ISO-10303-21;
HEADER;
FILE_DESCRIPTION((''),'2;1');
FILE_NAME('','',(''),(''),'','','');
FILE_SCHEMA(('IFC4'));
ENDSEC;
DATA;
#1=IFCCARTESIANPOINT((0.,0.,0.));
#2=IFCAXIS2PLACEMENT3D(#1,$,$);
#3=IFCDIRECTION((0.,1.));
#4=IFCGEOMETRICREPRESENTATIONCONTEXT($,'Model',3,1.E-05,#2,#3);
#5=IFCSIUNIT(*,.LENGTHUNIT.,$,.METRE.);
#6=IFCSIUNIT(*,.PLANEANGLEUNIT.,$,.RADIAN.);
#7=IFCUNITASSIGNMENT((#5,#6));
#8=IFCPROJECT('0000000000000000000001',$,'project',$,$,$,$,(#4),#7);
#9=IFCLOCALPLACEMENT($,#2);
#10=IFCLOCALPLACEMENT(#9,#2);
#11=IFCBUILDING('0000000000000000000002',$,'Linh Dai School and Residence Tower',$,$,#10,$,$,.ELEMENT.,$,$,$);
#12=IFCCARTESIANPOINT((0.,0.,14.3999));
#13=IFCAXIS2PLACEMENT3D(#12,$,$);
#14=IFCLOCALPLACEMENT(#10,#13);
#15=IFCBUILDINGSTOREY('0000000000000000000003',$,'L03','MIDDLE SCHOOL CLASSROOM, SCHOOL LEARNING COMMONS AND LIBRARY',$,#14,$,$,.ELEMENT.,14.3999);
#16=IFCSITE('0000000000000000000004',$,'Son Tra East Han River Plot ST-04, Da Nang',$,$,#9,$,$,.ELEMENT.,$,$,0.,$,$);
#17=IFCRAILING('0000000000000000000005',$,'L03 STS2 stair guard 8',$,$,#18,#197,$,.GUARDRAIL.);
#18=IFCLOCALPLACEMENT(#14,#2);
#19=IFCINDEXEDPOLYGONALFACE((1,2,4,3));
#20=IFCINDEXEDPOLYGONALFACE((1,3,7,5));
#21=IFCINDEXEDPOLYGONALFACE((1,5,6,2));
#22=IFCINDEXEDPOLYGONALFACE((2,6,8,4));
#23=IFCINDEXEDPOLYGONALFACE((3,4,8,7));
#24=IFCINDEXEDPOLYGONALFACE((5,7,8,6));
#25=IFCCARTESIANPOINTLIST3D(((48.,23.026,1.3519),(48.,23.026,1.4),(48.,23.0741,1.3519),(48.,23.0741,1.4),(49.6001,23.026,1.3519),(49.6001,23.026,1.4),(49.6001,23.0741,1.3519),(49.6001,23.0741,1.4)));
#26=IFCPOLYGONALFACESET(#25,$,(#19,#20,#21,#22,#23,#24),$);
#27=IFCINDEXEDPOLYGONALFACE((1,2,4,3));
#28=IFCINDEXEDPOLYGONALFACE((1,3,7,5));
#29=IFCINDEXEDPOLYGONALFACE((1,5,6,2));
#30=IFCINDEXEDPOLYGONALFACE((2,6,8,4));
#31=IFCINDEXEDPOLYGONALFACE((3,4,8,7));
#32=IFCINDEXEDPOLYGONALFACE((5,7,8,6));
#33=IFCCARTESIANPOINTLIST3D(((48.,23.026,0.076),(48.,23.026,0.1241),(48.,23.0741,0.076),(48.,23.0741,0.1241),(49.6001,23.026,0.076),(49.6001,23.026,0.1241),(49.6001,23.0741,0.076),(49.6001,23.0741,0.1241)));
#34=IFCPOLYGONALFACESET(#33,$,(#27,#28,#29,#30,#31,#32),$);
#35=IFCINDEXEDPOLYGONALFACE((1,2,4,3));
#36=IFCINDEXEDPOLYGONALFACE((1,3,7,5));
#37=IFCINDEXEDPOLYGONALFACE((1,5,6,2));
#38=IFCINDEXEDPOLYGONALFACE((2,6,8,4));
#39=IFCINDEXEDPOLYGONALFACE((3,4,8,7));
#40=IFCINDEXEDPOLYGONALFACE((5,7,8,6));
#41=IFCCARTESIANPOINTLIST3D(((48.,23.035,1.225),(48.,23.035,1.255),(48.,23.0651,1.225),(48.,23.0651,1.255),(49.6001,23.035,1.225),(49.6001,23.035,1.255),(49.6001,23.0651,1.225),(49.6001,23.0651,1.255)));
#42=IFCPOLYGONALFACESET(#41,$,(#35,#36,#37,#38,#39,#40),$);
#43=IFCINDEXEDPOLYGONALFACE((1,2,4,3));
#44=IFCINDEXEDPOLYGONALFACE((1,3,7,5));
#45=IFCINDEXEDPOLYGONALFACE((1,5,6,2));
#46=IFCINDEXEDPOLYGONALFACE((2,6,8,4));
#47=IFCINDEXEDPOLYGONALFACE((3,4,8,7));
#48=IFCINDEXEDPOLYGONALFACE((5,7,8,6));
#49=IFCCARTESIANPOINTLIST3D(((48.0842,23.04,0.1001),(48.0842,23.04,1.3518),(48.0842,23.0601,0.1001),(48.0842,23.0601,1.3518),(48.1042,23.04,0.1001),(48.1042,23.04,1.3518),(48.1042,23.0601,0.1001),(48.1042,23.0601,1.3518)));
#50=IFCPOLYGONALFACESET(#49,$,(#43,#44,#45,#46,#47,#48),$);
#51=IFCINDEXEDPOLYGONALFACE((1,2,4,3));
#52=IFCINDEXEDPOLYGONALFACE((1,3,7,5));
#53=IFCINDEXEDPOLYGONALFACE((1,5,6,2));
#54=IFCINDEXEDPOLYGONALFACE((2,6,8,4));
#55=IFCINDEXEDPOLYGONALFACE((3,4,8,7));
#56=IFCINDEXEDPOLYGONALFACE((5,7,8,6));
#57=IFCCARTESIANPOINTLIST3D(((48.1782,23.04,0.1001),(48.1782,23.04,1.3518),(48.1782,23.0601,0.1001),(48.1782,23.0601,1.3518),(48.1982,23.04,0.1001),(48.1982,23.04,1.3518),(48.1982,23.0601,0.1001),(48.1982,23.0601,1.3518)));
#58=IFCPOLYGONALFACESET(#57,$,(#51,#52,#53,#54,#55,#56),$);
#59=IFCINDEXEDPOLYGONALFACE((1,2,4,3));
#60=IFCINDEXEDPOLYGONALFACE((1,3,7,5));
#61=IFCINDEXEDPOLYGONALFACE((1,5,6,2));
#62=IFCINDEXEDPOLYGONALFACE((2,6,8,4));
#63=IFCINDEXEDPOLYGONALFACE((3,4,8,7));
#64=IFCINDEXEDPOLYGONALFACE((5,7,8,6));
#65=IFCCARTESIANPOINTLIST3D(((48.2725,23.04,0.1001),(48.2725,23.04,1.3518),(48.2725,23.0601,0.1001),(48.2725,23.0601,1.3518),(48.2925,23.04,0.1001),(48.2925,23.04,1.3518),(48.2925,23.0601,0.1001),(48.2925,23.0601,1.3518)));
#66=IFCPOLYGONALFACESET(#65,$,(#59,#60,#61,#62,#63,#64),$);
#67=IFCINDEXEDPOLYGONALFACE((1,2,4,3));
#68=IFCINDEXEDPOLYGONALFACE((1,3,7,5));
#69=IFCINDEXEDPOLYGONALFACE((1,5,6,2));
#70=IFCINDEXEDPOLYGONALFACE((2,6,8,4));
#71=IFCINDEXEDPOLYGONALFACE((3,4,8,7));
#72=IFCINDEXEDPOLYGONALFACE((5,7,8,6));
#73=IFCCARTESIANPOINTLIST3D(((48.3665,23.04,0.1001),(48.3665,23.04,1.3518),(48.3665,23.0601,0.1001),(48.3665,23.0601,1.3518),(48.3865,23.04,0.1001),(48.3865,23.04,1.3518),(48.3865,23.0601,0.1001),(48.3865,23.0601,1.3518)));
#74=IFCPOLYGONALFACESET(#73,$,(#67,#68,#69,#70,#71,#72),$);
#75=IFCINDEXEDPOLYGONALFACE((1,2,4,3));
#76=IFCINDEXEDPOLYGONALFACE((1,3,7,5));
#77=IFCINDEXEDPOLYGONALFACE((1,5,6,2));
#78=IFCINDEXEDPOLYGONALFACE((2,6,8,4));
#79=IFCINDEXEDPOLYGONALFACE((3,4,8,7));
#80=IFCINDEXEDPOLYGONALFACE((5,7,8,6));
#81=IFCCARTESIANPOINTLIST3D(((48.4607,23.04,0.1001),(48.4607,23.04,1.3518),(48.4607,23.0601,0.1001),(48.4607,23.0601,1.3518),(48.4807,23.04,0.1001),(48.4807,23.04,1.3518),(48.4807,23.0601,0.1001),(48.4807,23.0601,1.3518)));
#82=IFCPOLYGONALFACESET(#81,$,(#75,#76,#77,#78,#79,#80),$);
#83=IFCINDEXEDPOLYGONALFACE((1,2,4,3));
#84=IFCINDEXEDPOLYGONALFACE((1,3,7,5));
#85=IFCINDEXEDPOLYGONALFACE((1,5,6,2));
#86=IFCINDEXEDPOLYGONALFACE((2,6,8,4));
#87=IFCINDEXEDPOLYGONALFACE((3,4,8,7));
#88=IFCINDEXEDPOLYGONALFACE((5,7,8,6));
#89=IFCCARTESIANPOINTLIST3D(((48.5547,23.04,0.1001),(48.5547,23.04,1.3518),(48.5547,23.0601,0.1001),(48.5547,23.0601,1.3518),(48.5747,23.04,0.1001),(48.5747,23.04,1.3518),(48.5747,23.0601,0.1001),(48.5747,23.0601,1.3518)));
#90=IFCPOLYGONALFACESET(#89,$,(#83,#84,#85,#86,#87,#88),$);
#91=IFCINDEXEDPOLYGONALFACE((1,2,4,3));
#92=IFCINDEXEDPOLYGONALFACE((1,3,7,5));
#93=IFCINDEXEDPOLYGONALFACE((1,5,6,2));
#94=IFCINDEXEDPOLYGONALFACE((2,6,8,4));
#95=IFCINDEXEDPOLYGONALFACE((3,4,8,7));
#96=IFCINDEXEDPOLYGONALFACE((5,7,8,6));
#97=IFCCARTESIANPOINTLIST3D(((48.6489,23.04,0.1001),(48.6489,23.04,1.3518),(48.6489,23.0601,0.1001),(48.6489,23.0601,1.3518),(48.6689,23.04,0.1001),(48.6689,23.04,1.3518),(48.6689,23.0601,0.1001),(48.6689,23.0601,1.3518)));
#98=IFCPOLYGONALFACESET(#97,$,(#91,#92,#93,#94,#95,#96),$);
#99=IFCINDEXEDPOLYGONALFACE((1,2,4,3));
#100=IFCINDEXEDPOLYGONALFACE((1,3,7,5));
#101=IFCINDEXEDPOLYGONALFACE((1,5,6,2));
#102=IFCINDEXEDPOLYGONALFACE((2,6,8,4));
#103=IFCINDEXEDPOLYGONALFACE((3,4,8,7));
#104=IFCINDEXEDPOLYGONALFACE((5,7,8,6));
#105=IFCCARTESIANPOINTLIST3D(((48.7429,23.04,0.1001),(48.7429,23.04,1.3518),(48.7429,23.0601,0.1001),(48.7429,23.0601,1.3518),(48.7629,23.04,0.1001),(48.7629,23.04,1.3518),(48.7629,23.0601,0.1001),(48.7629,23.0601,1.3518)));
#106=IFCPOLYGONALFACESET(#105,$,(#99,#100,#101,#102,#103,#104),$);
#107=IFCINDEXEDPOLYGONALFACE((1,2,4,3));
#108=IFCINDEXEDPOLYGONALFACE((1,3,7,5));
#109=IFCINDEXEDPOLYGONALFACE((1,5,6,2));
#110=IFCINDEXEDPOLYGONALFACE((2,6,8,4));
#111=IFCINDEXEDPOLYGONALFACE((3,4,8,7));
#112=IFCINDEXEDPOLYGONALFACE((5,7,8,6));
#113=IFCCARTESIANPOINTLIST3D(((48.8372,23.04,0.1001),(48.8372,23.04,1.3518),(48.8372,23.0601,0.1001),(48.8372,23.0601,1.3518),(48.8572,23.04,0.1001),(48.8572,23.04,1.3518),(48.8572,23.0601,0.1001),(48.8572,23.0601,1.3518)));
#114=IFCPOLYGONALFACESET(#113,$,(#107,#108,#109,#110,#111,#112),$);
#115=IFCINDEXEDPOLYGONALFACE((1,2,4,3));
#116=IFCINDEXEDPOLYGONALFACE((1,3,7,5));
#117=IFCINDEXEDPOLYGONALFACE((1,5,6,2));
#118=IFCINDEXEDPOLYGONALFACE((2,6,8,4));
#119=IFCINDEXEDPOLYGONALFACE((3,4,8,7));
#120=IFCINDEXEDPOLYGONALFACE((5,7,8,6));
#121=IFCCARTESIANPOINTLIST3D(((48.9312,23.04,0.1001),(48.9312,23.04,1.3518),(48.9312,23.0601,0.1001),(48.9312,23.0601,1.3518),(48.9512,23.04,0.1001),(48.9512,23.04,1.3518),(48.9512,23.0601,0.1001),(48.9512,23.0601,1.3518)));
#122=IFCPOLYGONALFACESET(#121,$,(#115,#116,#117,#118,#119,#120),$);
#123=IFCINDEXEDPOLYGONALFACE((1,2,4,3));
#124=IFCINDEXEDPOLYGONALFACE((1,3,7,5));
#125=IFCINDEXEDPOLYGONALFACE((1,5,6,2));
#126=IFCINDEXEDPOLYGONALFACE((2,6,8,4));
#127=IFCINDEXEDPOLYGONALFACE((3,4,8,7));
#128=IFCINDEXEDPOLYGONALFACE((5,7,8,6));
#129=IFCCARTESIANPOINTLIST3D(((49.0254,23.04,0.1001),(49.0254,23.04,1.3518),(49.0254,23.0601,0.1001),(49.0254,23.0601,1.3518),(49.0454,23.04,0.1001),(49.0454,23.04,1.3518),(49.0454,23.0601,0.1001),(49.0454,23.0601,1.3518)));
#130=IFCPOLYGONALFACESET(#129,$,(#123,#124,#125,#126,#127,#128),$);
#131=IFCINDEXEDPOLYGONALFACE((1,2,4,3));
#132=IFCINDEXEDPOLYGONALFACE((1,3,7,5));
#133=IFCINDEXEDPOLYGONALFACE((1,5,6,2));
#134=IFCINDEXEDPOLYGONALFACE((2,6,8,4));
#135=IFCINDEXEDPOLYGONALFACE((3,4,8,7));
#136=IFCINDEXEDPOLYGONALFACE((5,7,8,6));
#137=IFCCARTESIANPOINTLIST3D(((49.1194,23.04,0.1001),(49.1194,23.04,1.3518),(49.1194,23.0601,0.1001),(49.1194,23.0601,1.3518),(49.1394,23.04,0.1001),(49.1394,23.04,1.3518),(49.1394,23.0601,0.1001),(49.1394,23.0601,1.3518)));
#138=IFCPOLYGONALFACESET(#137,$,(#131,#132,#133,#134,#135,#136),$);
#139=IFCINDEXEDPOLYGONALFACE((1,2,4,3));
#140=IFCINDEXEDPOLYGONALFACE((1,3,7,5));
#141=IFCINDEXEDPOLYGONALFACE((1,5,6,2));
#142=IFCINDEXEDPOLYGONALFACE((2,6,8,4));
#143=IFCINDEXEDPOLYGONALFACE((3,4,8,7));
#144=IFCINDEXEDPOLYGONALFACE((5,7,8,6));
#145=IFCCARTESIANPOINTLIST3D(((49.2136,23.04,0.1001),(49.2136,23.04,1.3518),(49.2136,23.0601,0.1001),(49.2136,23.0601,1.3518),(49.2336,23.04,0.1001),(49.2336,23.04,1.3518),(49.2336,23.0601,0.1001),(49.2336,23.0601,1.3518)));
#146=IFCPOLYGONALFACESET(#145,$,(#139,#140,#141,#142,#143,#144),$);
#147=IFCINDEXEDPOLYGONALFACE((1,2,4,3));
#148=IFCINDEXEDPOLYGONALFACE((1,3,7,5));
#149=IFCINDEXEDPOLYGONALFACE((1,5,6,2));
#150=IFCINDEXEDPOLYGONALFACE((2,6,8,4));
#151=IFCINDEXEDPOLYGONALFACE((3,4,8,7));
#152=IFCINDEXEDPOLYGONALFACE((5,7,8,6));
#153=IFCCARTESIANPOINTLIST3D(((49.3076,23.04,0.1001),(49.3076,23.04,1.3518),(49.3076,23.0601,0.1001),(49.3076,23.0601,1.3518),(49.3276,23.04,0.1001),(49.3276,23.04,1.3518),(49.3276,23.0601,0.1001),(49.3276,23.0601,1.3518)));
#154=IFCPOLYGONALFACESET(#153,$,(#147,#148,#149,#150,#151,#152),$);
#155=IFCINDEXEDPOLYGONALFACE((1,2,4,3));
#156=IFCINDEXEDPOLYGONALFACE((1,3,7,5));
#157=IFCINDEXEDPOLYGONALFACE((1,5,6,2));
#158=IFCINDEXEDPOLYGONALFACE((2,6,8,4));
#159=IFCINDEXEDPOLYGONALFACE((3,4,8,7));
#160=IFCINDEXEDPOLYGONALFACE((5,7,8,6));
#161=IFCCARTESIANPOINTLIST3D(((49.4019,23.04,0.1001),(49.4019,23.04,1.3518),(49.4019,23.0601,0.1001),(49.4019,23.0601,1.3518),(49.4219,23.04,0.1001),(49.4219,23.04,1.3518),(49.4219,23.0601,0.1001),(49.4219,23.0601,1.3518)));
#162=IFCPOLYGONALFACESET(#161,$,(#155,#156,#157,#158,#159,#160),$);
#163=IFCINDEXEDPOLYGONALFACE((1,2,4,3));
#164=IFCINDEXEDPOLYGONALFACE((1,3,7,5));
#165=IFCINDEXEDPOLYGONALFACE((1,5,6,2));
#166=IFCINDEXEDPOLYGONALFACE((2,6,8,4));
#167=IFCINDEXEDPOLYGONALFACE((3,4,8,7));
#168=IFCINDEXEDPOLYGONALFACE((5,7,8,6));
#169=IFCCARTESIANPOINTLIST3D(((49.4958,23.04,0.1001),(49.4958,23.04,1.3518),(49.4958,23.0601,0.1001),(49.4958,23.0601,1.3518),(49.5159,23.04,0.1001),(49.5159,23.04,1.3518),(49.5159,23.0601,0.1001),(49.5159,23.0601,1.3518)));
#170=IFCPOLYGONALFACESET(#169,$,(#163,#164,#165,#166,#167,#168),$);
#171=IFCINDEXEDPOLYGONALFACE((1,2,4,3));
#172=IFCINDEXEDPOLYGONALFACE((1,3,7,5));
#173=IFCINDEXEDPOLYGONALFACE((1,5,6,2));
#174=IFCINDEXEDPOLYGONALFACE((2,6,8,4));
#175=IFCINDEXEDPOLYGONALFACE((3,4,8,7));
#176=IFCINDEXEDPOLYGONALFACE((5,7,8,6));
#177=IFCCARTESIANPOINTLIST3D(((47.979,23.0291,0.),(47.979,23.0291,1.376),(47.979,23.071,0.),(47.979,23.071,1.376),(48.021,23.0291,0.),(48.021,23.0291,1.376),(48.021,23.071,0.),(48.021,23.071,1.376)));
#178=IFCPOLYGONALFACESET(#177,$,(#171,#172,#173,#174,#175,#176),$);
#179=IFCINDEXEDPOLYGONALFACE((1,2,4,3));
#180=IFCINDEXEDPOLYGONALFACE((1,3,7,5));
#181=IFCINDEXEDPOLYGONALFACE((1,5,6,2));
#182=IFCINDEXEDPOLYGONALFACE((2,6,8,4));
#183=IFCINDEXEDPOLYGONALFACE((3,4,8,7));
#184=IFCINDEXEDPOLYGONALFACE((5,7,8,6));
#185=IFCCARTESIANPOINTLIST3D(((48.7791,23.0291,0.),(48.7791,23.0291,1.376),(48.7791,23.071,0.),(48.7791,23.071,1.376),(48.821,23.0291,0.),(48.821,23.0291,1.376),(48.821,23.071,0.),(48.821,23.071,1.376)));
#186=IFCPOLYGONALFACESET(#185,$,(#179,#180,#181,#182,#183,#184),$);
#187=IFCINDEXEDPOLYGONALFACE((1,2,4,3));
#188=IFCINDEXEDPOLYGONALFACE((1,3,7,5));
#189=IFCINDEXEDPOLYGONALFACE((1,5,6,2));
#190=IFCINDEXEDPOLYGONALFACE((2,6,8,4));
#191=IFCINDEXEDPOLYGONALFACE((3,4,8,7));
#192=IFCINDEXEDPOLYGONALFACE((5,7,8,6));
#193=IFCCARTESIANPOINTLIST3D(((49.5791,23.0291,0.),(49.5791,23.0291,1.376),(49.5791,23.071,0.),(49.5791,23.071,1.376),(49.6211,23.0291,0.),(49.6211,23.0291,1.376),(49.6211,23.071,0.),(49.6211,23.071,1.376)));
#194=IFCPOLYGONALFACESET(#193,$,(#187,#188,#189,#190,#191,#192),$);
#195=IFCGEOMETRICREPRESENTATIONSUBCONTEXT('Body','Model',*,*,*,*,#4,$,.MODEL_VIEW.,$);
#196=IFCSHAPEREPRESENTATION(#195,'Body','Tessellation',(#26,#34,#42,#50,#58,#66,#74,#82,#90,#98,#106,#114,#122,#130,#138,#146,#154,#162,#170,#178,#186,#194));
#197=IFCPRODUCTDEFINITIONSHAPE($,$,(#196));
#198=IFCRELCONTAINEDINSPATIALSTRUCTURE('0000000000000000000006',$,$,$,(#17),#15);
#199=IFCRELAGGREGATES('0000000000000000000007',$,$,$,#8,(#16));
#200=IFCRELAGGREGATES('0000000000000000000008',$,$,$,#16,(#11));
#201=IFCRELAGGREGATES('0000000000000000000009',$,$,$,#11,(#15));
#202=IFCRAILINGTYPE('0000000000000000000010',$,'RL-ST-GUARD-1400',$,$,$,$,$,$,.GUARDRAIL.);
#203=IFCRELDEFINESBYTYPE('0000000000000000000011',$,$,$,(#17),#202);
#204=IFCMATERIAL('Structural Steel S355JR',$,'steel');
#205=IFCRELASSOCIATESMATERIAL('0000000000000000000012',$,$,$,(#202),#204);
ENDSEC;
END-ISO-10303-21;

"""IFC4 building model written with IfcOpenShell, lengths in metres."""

from ifc_helpers import new_model, si_unit, direction, frame, origin, origin_2d, place, context, subcontext, project, spatial, rectangle, extrude, source, transform, mapped, material, type_object, element, save


model = new_model("IFC4")

# Units and contexts
model_context = context("Model", 3, precision=1e-05, world=origin(), true_north=direction((0.0, 1.0)))
body_context = subcontext(model_context, "Body", "Model", "MODEL_VIEW")
ifc_project = project(units=[si_unit("LENGTHUNIT", "METRE"), si_unit("PLANEANGLEUNIT", "RADIAN")], contexts=[model_context])

# Site, building, storey
site_placement = place(None, origin())
site = spatial("IfcSite", under=ifc_project, at=site_placement, Name="Son Tra East Han River Plot ST-04, Da Nang", CompositionType="ELEMENT", RefElevation=0.0)
building_placement = place(site_placement, origin())
building = spatial("IfcBuilding", under=site, at=building_placement, Name="Linh Dai School and Residence Tower", CompositionType="ELEMENT")
storey_placement = place(building_placement, frame((0.0, 0.0, 14.3999)))
storey = spatial("IfcBuildingStorey", under=building, at=storey_placement, Name="L03", Description="MIDDLE SCHOOL CLASSROOM, SCHOOL LEARNING COMMONS AND LIBRARY", CompositionType="ELEMENT", Elevation=14.3999)

# Railing
ifc_material_1 = material(Name="Structural Steel S355JR", Category="steel")
railing_type_1 = type_object("IfcRailingType", Name="RL-ST-GUARD-1400", PredefinedType="GUARDRAIL", material=ifc_material_1)
shared_shape_1 = source(origin(), body_context, "Body", "SweptSolid", [
    extrude(rectangle(XDim=0.0481, YDim=0.0481, at=origin_2d()), frame((0.0, 0.0, 1.376), z_axis=(1.0, 0.0, 0.0), x_axis=(0.0, 1.0, 0.0)), (0.0, 0.0, 1.0), 1.6001),
    extrude(rectangle(XDim=0.0481, YDim=0.0481, at=origin_2d()), frame((0.0, 0.0, 0.1001), z_axis=(1.0, 0.0, 0.0), x_axis=(0.0, 1.0, 0.0)), (0.0, 0.0, 1.0), 1.6001),
    extrude(rectangle(XDim=0.03, YDim=0.03, at=origin_2d()), frame((0.0, 0.0, 1.24), z_axis=(1.0, 0.0, 0.0), x_axis=(0.0, 1.0, 0.0)), (0.0, 0.0, 1.0), 1.6001),
    extrude(rectangle(XDim=0.02, YDim=0.02, at=origin_2d()), frame((0.0942, 0.0, 0.1001)), (0.0, 0.0, 1.0), 1.2517),
    extrude(rectangle(XDim=0.02, YDim=0.02, at=origin_2d()), frame((0.1882, 0.0, 0.1001)), (0.0, 0.0, 1.0), 1.2517),
    extrude(rectangle(XDim=0.02, YDim=0.02, at=origin_2d()), frame((0.2825, 0.0, 0.1001)), (0.0, 0.0, 1.0), 1.2517),
    extrude(rectangle(XDim=0.02, YDim=0.02, at=origin_2d()), frame((0.3765, 0.0, 0.1001)), (0.0, 0.0, 1.0), 1.2517),
    extrude(rectangle(XDim=0.02, YDim=0.02, at=origin_2d()), frame((0.4707, 0.0, 0.1001)), (0.0, 0.0, 1.0), 1.2517),
    extrude(rectangle(XDim=0.02, YDim=0.02, at=origin_2d()), frame((0.5647, 0.0, 0.1001)), (0.0, 0.0, 1.0), 1.2517),
    extrude(rectangle(XDim=0.02, YDim=0.02, at=origin_2d()), frame((0.6589, 0.0, 0.1001)), (0.0, 0.0, 1.0), 1.2517),
    extrude(rectangle(XDim=0.02, YDim=0.02, at=origin_2d()), frame((0.7529, 0.0, 0.1001)), (0.0, 0.0, 1.0), 1.2517),
    extrude(rectangle(XDim=0.02, YDim=0.02, at=origin_2d()), frame((0.8472, 0.0, 0.1001)), (0.0, 0.0, 1.0), 1.2517),
    extrude(rectangle(XDim=0.02, YDim=0.02, at=origin_2d()), frame((0.9412, 0.0, 0.1001)), (0.0, 0.0, 1.0), 1.2517),
    extrude(rectangle(XDim=0.02, YDim=0.02, at=origin_2d()), frame((1.0354, 0.0, 0.1001)), (0.0, 0.0, 1.0), 1.2517),
    extrude(rectangle(XDim=0.02, YDim=0.02, at=origin_2d()), frame((1.1294, 0.0, 0.1001)), (0.0, 0.0, 1.0), 1.2517),
    extrude(rectangle(XDim=0.02, YDim=0.02, at=origin_2d()), frame((1.2236, 0.0, 0.1001)), (0.0, 0.0, 1.0), 1.2517),
    extrude(rectangle(XDim=0.02, YDim=0.02, at=origin_2d()), frame((1.3176, 0.0, 0.1001)), (0.0, 0.0, 1.0), 1.2517),
    extrude(rectangle(XDim=0.02, YDim=0.02, at=origin_2d()), frame((1.4119, 0.0, 0.1001)), (0.0, 0.0, 1.0), 1.2517),
    extrude(rectangle(XDim=0.02, YDim=0.02, at=origin_2d()), frame((1.5059, 0.0, 0.1001)), (0.0, 0.0, 1.0), 1.2517),
    extrude(rectangle(XDim=0.042, YDim=0.042, at=origin_2d()), origin(), (0.0, 0.0, 1.0), 1.376),
    extrude(rectangle(XDim=0.042, YDim=0.042, at=origin_2d()), frame((0.8, 0.0, 0.0)), (0.0, 0.0, 1.0), 1.376),
    extrude(rectangle(XDim=0.042, YDim=0.042, at=origin_2d()), frame((1.6001, 0.0, 0.0)), (0.0, 0.0, 1.0), 1.376),
])
railing_1_placement = place(storey_placement, frame((48.0, 23.05, 0.0)))
element("IfcRailing", 1, at=railing_1_placement, inside=storey, type_object=railing_type_1, Name="L03 STS2 stair guard 8", PredefinedType="GUARDRAIL", context=body_context, shape_type="MappedRepresentation", body=[
    mapped(shared_shape_1, transform((0.0, 0.0, 0.0), x_axis=(1.0, 0.0, 0.0), y_axis=(0.0, 1.0, 0.0), z_axis=(0.0, 0.0, 1.0), scale=1.0)),
])

save(model, "model.ifc")
